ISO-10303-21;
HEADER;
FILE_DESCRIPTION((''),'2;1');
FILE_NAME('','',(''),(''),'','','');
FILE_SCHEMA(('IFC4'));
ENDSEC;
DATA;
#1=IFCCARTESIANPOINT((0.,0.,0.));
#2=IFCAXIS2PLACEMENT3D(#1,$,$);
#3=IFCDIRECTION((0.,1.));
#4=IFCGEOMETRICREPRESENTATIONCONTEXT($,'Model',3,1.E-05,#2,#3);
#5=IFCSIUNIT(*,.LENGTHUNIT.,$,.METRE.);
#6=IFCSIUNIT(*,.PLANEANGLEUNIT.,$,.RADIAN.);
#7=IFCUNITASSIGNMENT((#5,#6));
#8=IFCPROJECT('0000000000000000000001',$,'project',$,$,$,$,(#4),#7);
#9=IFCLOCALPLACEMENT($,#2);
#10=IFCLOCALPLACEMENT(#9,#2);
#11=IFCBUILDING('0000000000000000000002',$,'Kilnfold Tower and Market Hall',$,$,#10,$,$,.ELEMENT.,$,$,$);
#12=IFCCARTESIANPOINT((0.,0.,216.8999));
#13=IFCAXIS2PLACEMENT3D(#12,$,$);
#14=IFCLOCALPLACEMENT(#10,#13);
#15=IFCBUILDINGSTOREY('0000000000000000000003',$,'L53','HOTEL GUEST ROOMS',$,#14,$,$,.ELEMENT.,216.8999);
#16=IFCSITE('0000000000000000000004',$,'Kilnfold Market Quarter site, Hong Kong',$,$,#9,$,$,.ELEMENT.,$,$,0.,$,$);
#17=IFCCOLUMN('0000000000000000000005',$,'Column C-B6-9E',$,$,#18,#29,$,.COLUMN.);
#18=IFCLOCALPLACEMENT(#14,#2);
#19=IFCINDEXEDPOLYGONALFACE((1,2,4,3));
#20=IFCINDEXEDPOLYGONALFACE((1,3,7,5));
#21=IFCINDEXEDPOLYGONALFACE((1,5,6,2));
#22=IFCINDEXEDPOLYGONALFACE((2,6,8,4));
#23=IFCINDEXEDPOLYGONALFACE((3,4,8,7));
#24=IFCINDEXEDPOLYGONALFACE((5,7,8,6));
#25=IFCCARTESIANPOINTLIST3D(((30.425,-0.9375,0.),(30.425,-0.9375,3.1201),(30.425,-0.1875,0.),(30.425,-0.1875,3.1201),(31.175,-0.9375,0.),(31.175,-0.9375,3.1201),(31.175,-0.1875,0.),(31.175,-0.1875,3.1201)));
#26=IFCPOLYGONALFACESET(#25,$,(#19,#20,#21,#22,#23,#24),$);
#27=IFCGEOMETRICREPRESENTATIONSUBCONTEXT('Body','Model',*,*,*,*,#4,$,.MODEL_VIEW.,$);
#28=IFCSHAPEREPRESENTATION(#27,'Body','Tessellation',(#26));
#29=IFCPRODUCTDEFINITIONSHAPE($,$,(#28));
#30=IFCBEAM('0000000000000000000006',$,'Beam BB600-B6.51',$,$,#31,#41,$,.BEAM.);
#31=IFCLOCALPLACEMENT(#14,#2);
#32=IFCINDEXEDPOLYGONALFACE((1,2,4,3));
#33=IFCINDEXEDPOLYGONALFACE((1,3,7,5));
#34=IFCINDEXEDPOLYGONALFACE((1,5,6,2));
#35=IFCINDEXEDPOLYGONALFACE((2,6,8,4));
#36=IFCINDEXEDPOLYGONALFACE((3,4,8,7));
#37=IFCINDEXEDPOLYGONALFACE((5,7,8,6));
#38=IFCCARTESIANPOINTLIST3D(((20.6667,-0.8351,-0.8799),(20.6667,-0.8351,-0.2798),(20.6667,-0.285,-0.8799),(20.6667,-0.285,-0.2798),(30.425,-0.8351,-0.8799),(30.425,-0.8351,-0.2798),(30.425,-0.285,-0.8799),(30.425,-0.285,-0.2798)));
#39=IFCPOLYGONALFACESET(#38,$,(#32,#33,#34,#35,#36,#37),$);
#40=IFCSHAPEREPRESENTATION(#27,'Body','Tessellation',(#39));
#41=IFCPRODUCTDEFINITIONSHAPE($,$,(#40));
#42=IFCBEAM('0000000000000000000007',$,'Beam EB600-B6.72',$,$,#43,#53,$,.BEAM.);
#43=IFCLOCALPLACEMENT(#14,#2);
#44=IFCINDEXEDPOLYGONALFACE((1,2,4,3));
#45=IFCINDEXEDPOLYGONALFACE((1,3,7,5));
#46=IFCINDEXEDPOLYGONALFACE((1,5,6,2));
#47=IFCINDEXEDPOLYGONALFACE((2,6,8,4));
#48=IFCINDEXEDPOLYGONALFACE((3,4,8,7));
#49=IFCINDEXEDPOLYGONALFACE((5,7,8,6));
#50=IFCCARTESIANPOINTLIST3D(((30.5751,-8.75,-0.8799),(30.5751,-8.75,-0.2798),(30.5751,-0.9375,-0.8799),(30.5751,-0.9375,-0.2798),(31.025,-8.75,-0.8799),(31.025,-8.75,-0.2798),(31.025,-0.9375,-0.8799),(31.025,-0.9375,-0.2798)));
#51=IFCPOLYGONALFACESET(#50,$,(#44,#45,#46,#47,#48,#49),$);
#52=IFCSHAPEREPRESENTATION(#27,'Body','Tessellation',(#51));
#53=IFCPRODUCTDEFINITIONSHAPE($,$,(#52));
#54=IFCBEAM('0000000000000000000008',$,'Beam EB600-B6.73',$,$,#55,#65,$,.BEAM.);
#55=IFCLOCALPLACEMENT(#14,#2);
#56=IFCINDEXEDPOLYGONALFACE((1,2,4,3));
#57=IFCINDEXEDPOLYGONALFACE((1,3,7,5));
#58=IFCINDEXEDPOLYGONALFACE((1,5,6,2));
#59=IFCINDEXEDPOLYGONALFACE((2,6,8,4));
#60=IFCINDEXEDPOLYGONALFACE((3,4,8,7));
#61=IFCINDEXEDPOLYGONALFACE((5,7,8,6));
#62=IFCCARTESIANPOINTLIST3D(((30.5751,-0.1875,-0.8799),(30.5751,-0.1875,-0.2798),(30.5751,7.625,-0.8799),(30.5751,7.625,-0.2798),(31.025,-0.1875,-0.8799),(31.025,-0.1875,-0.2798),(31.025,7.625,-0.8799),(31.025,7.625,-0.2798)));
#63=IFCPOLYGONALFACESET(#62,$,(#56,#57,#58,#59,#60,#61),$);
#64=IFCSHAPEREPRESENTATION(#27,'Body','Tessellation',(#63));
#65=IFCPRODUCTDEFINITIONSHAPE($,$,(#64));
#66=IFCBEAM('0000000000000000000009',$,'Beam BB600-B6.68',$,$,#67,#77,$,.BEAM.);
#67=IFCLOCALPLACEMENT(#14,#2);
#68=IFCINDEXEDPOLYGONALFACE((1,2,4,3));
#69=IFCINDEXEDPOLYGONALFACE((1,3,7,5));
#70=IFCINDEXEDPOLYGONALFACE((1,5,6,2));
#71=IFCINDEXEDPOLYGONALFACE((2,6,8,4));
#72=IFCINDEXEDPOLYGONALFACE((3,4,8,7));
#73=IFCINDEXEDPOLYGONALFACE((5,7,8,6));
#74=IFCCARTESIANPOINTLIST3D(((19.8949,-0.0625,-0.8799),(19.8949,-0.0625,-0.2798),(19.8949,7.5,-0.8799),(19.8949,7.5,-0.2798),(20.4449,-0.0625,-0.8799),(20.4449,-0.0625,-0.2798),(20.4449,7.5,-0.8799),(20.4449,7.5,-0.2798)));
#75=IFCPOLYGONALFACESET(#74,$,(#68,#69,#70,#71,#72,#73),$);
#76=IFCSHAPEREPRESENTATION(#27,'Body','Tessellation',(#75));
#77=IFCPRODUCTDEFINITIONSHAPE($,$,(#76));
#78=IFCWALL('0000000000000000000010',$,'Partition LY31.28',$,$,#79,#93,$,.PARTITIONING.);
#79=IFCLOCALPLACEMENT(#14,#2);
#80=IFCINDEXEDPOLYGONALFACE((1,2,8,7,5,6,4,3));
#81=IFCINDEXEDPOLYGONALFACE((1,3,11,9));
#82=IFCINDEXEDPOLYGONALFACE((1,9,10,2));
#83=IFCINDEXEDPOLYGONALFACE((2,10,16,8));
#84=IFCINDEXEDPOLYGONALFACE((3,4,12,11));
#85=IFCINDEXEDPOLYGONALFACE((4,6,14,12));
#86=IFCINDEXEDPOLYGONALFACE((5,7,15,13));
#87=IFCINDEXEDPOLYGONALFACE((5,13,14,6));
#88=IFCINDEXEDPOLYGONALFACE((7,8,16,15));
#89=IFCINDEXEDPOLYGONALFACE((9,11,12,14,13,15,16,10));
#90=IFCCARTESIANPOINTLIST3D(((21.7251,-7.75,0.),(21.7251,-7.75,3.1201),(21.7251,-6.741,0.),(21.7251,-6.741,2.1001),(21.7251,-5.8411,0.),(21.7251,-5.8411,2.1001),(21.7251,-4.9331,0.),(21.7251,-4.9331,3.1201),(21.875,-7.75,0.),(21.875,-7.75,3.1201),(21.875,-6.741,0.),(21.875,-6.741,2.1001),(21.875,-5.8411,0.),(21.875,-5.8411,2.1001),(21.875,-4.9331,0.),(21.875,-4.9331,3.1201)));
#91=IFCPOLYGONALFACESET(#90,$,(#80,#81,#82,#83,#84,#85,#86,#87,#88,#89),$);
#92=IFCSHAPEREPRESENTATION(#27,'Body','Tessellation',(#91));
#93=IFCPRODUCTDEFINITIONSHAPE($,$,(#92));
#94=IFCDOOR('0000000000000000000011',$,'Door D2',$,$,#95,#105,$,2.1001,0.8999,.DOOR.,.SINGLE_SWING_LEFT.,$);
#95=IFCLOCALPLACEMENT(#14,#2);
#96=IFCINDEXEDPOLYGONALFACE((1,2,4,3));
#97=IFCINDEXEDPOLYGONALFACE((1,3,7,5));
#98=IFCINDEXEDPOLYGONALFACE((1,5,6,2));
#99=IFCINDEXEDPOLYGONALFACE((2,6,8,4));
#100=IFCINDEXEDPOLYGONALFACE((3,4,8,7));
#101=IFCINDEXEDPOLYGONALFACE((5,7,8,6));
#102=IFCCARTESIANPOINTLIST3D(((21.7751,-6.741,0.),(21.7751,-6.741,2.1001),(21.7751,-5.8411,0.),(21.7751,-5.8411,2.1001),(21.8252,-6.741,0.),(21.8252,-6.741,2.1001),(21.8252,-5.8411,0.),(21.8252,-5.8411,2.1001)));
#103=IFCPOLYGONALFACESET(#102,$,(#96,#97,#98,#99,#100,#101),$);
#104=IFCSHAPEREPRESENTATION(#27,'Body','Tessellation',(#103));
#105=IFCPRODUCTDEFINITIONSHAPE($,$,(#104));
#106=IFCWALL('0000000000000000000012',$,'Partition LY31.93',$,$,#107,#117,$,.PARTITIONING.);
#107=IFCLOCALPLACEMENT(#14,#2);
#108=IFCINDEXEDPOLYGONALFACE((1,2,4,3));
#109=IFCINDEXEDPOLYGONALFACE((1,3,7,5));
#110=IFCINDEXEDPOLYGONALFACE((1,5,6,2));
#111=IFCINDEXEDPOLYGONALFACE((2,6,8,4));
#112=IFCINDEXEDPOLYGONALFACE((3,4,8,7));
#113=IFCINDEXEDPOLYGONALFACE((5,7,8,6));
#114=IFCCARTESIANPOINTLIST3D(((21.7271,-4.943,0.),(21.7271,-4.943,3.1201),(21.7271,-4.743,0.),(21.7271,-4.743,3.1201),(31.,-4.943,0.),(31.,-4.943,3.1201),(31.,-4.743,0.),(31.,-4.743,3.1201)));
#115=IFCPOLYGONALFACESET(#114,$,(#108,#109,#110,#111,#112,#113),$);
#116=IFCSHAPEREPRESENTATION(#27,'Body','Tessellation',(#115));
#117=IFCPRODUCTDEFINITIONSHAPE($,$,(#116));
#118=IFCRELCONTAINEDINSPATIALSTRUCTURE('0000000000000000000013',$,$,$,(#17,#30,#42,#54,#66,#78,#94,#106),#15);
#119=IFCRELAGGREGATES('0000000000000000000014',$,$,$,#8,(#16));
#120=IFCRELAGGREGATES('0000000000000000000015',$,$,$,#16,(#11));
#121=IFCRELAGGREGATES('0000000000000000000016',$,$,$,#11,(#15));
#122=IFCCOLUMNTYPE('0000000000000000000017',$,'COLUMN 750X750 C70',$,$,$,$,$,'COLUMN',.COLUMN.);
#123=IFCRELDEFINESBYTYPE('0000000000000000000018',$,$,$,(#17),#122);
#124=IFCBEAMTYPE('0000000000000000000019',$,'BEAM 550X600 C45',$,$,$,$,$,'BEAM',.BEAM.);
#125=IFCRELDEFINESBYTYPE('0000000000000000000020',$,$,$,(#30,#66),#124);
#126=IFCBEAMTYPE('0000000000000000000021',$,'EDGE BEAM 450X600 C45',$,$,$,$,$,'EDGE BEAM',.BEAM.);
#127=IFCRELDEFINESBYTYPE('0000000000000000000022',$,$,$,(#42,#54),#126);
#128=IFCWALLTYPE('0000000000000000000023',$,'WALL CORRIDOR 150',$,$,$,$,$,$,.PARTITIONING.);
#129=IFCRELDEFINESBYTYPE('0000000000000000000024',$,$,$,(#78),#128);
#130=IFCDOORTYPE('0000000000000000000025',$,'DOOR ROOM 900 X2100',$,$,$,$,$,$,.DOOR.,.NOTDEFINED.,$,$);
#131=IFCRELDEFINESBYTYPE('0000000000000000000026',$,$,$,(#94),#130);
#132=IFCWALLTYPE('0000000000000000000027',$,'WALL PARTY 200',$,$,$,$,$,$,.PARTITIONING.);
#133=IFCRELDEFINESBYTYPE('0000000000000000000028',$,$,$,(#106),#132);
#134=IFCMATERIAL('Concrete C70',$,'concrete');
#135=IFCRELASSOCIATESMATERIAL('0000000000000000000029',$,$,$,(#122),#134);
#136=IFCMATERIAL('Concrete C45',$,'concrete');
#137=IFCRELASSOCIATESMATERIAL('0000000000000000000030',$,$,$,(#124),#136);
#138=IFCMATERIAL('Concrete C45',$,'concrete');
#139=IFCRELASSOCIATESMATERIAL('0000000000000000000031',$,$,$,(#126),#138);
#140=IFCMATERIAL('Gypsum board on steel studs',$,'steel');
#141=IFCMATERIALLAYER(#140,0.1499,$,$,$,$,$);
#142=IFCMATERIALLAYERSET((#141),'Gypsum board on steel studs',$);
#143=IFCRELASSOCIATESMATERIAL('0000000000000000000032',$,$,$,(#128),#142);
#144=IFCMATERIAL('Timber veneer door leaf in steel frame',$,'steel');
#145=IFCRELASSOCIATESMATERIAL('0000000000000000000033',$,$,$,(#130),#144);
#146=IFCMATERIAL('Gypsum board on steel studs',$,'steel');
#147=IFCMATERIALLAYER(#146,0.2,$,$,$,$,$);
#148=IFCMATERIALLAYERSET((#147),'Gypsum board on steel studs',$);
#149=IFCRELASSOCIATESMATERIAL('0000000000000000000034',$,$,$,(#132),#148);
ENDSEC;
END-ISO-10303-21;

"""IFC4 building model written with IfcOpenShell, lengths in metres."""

from ifc_helpers import new_model, si_unit, direction, frame, frame_2d, origin, origin_2d, place, context, subcontext, project, spatial, rectangle, extrude, source, transform, mapped, material, layer, layer_set, material_profile, profile_set, type_object, element, fill, save


model = new_model("IFC4")

# Units and contexts
model_context = context("Model", 3, precision=1e-05, world=origin(), true_north=direction((0.0, 1.0)))
body_context = subcontext(model_context, "Body", "Model", "MODEL_VIEW")
ifc_project = project(units=[si_unit("LENGTHUNIT", "METRE"), si_unit("PLANEANGLEUNIT", "RADIAN")], contexts=[model_context])

# Site, building, storey
site_placement = place(None, origin())
site = spatial("IfcSite", under=ifc_project, at=site_placement, Name="Kilnfold Market Quarter site, Hong Kong", CompositionType="ELEMENT", RefElevation=0.0)
building_placement = place(site_placement, origin())
building = spatial("IfcBuilding", under=site, at=building_placement, Name="Kilnfold Tower and Market Hall", CompositionType="ELEMENT")
storey_placement = place(building_placement, frame((0.0, 0.0, 216.8999)))
storey = spatial("IfcBuildingStorey", under=building, at=storey_placement, Name="L53", Description="HOTEL GUEST ROOMS", CompositionType="ELEMENT", Elevation=216.8999)

# Column
ifc_material_1 = material(Name="Concrete C70", Category="concrete")
ifc_material_profile_1 = material_profile(ifc_material_1, rectangle(XDim=0.75, YDim=0.75, at=origin_2d()), Name="RC 750x750")
ifc_profile_set_1 = profile_set([ifc_material_profile_1], Name="Concrete C70")
column_type = type_object("IfcColumnType", Name="COLUMN 750X750 C70", ElementType="COLUMN", PredefinedType="COLUMN", material=ifc_profile_set_1)
shared_shape_1 = source(origin(), body_context, "Body", "SweptSolid", [
    extrude(rectangle(XDim=0.75, YDim=0.75, at=origin_2d()), origin(), (0.0, 0.0, 1.0), 3.1201),
])
column_placement = place(storey_placement, frame((30.8, -0.5625, 0.0), z_axis=(0.0, 0.0, 1.0), x_axis=(1.0, 0.0, 0.0)))
element("IfcColumn", 1, at=column_placement, inside=storey, type_object=column_type, Name="Column C-B6-9E", PredefinedType="COLUMN", context=body_context, shape_type="MappedRepresentation", body=[
    mapped(shared_shape_1, transform((0.0, 0.0, 0.0))),
])

# Beams
ifc_material_2 = material(Name="Concrete C45", Category="concrete")
ifc_material_profile_2 = material_profile(ifc_material_2, rectangle(XDim=0.55, YDim=0.6001, at=origin_2d()), Name="RC 550x600")
ifc_profile_set_2 = profile_set([ifc_material_profile_2], Name="Concrete C45")
beam_type_1 = type_object("IfcBeamType", Name="BEAM 550X600 C45", ElementType="BEAM", PredefinedType="BEAM", material=ifc_profile_set_2)
shared_shape_2 = source(origin(), body_context, "Body", "SweptSolid", [
    extrude(rectangle(XDim=0.55, YDim=0.6001, at=origin_2d()), origin(), (0.0, 0.0, 1.0), 9.7583),
])
beam_1_placement = place(storey_placement, frame((20.6667, -0.5601, -0.5798), z_axis=(1.0, 0.0, 0.0), x_axis=(0.0, 1.0, 0.0)))
element("IfcBeam", 2, at=beam_1_placement, inside=storey, type_object=beam_type_1, Name="Beam BB600-B6.51", PredefinedType="BEAM", context=body_context, shape_type="MappedRepresentation", body=[
    mapped(shared_shape_2, transform((0.0, 0.0, 0.0))),
])
ifc_material_3 = material(Name="Concrete C45", Category="concrete")
ifc_material_profile_3 = material_profile(ifc_material_3, rectangle(XDim=0.45, YDim=0.6001, at=origin_2d()), Name="RC 450x600")
ifc_profile_set_3 = profile_set([ifc_material_profile_3], Name="Concrete C45")
beam_type_2 = type_object("IfcBeamType", Name="EDGE BEAM 450X600 C45", ElementType="EDGE BEAM", PredefinedType="BEAM", material=ifc_profile_set_3)
shared_shape_3 = source(origin(), body_context, "Body", "SweptSolid", [
    extrude(rectangle(XDim=0.45, YDim=0.6001, at=origin_2d()), origin(), (0.0, 0.0, 1.0), 7.8125),
])
for number, where, z_axis, x_axis, name in (
    (3, (30.8, -8.75, -0.5798), (0.0, 1.0, 0.0), (-1.0, 0.0, 0.0), "Beam EB600-B6.72"),
    (4, (30.8, -0.1875, -0.5798), (0.0, 1.0, 0.0), (-1.0, 0.0, 0.0), "Beam EB600-B6.73"),
):
    element("IfcBeam", number, at=place(storey_placement, frame(where, z_axis=z_axis, x_axis=x_axis)), inside=storey, type_object=beam_type_2, Name=name, PredefinedType="BEAM", context=body_context, shape_type="MappedRepresentation", body=[
        mapped(shared_shape_3, transform((0.0, 0.0, 0.0))),
    ])
shared_shape_4 = source(origin(), body_context, "Body", "SweptSolid", [
    extrude(rectangle(XDim=0.55, YDim=0.6001, at=origin_2d()), origin(), (0.0, 0.0, 1.0), 7.5625),
])
beam_2_placement = place(storey_placement, frame((20.1699, -0.0625, -0.5798), z_axis=(0.0, 1.0, 0.0), x_axis=(-1.0, 0.0, 0.0)))
element("IfcBeam", 5, at=beam_2_placement, inside=storey, type_object=beam_type_1, Name="Beam BB600-B6.68", PredefinedType="BEAM", context=body_context, shape_type="MappedRepresentation", body=[
    mapped(shared_shape_4, transform((0.0, 0.0, 0.0))),
])

# Wall, opening, door
ifc_material_4 = material(Name="Gypsum board on steel studs", Category="steel")
ifc_layer_1 = layer(ifc_material_4, 0.1499)
ifc_layer_set_1 = layer_set([ifc_layer_1], Name="Gypsum board on steel studs")
wall_type_1 = type_object("IfcWallType", Name="WALL CORRIDOR 150", PredefinedType="PARTITIONING", material=ifc_layer_set_1)
wall_1_placement = place(storey_placement, frame((21.8, -7.75, 0.0), z_axis=(0.0, 0.0, 1.0), x_axis=(0.0, 1.0, 0.0)))
wall_1 = element("IfcWall", 6, at=wall_1_placement, inside=storey, type_object=wall_type_1, Name="Partition LY31.28", PredefinedType="PARTITIONING", context=body_context, shape_type="SweptSolid", body=[
    extrude(rectangle(XDim=2.8169, YDim=0.1499, at=frame_2d((1.4084, 0.0))), origin(), (0.0, 0.0, 1.0), 3.1201),
])
opening_1_placement = place(wall_1_placement, frame((1.009, 0.0, 0.0)))
opening_1 = element("IfcOpeningElement", 7, at=opening_1_placement, cuts=wall_1, PredefinedType="OPENING", context=body_context, shape_type="SweptSolid", body=[
    extrude(rectangle(XDim=0.8999, YDim=2.1001, at=frame_2d((0.45, 1.05))), frame((0.0, 0.085, 0.0), z_axis=(0.0, -1.0, 0.0), x_axis=(1.0, 0.0, 0.0)), (0.0, 0.0, 1.0), 0.1699),
])
ifc_material_5 = material(Name="Timber veneer door leaf in steel frame", Category="steel")
door_type_1 = type_object("IfcDoorType", Name="DOOR ROOM 900 X2100", OperationType="NOTDEFINED", PredefinedType="DOOR", material=ifc_material_5)
door_1_placement = place(opening_1_placement, origin())
door_1 = element("IfcDoor", 8, at=door_1_placement, inside=storey, type_object=door_type_1, Name="Door D2", OperationType="SINGLE_SWING_LEFT", OverallHeight=2.1001, OverallWidth=0.8999, PredefinedType="DOOR", context=body_context, shape_type="SweptSolid", body=[
    extrude(rectangle(XDim=0.8999, YDim=2.1001, at=frame_2d((0.45, 1.05))), frame((0.0, 0.0249, 0.0), z_axis=(0.0, -1.0, 0.0), x_axis=(1.0, 0.0, 0.0)), (0.0, 0.0, 1.0), 0.05),
])
fill(opening_1, door_1)

# Wall
ifc_material_6 = material(Name="Gypsum board on steel studs", Category="steel")
ifc_layer_2 = layer(ifc_material_6, 0.2)
ifc_layer_set_2 = layer_set([ifc_layer_2], Name="Gypsum board on steel studs")
wall_type_2 = type_object("IfcWallType", Name="WALL PARTY 200", PredefinedType="PARTITIONING", material=ifc_layer_set_2)
wall_2_placement = place(storey_placement, frame((21.7271, -4.843, 0.0), z_axis=(0.0, 0.0, 1.0), x_axis=(1.0, 0.0, 0.0)))
element("IfcWall", 9, at=wall_2_placement, inside=storey, type_object=wall_type_2, Name="Partition LY31.93", PredefinedType="PARTITIONING", context=body_context, shape_type="SweptSolid", body=[
    extrude(rectangle(XDim=9.2729, YDim=0.2, at=frame_2d((4.6365, 0.0))), origin(), (0.0, 0.0, 1.0), 3.1201),
])

save(model, "model.ifc")
